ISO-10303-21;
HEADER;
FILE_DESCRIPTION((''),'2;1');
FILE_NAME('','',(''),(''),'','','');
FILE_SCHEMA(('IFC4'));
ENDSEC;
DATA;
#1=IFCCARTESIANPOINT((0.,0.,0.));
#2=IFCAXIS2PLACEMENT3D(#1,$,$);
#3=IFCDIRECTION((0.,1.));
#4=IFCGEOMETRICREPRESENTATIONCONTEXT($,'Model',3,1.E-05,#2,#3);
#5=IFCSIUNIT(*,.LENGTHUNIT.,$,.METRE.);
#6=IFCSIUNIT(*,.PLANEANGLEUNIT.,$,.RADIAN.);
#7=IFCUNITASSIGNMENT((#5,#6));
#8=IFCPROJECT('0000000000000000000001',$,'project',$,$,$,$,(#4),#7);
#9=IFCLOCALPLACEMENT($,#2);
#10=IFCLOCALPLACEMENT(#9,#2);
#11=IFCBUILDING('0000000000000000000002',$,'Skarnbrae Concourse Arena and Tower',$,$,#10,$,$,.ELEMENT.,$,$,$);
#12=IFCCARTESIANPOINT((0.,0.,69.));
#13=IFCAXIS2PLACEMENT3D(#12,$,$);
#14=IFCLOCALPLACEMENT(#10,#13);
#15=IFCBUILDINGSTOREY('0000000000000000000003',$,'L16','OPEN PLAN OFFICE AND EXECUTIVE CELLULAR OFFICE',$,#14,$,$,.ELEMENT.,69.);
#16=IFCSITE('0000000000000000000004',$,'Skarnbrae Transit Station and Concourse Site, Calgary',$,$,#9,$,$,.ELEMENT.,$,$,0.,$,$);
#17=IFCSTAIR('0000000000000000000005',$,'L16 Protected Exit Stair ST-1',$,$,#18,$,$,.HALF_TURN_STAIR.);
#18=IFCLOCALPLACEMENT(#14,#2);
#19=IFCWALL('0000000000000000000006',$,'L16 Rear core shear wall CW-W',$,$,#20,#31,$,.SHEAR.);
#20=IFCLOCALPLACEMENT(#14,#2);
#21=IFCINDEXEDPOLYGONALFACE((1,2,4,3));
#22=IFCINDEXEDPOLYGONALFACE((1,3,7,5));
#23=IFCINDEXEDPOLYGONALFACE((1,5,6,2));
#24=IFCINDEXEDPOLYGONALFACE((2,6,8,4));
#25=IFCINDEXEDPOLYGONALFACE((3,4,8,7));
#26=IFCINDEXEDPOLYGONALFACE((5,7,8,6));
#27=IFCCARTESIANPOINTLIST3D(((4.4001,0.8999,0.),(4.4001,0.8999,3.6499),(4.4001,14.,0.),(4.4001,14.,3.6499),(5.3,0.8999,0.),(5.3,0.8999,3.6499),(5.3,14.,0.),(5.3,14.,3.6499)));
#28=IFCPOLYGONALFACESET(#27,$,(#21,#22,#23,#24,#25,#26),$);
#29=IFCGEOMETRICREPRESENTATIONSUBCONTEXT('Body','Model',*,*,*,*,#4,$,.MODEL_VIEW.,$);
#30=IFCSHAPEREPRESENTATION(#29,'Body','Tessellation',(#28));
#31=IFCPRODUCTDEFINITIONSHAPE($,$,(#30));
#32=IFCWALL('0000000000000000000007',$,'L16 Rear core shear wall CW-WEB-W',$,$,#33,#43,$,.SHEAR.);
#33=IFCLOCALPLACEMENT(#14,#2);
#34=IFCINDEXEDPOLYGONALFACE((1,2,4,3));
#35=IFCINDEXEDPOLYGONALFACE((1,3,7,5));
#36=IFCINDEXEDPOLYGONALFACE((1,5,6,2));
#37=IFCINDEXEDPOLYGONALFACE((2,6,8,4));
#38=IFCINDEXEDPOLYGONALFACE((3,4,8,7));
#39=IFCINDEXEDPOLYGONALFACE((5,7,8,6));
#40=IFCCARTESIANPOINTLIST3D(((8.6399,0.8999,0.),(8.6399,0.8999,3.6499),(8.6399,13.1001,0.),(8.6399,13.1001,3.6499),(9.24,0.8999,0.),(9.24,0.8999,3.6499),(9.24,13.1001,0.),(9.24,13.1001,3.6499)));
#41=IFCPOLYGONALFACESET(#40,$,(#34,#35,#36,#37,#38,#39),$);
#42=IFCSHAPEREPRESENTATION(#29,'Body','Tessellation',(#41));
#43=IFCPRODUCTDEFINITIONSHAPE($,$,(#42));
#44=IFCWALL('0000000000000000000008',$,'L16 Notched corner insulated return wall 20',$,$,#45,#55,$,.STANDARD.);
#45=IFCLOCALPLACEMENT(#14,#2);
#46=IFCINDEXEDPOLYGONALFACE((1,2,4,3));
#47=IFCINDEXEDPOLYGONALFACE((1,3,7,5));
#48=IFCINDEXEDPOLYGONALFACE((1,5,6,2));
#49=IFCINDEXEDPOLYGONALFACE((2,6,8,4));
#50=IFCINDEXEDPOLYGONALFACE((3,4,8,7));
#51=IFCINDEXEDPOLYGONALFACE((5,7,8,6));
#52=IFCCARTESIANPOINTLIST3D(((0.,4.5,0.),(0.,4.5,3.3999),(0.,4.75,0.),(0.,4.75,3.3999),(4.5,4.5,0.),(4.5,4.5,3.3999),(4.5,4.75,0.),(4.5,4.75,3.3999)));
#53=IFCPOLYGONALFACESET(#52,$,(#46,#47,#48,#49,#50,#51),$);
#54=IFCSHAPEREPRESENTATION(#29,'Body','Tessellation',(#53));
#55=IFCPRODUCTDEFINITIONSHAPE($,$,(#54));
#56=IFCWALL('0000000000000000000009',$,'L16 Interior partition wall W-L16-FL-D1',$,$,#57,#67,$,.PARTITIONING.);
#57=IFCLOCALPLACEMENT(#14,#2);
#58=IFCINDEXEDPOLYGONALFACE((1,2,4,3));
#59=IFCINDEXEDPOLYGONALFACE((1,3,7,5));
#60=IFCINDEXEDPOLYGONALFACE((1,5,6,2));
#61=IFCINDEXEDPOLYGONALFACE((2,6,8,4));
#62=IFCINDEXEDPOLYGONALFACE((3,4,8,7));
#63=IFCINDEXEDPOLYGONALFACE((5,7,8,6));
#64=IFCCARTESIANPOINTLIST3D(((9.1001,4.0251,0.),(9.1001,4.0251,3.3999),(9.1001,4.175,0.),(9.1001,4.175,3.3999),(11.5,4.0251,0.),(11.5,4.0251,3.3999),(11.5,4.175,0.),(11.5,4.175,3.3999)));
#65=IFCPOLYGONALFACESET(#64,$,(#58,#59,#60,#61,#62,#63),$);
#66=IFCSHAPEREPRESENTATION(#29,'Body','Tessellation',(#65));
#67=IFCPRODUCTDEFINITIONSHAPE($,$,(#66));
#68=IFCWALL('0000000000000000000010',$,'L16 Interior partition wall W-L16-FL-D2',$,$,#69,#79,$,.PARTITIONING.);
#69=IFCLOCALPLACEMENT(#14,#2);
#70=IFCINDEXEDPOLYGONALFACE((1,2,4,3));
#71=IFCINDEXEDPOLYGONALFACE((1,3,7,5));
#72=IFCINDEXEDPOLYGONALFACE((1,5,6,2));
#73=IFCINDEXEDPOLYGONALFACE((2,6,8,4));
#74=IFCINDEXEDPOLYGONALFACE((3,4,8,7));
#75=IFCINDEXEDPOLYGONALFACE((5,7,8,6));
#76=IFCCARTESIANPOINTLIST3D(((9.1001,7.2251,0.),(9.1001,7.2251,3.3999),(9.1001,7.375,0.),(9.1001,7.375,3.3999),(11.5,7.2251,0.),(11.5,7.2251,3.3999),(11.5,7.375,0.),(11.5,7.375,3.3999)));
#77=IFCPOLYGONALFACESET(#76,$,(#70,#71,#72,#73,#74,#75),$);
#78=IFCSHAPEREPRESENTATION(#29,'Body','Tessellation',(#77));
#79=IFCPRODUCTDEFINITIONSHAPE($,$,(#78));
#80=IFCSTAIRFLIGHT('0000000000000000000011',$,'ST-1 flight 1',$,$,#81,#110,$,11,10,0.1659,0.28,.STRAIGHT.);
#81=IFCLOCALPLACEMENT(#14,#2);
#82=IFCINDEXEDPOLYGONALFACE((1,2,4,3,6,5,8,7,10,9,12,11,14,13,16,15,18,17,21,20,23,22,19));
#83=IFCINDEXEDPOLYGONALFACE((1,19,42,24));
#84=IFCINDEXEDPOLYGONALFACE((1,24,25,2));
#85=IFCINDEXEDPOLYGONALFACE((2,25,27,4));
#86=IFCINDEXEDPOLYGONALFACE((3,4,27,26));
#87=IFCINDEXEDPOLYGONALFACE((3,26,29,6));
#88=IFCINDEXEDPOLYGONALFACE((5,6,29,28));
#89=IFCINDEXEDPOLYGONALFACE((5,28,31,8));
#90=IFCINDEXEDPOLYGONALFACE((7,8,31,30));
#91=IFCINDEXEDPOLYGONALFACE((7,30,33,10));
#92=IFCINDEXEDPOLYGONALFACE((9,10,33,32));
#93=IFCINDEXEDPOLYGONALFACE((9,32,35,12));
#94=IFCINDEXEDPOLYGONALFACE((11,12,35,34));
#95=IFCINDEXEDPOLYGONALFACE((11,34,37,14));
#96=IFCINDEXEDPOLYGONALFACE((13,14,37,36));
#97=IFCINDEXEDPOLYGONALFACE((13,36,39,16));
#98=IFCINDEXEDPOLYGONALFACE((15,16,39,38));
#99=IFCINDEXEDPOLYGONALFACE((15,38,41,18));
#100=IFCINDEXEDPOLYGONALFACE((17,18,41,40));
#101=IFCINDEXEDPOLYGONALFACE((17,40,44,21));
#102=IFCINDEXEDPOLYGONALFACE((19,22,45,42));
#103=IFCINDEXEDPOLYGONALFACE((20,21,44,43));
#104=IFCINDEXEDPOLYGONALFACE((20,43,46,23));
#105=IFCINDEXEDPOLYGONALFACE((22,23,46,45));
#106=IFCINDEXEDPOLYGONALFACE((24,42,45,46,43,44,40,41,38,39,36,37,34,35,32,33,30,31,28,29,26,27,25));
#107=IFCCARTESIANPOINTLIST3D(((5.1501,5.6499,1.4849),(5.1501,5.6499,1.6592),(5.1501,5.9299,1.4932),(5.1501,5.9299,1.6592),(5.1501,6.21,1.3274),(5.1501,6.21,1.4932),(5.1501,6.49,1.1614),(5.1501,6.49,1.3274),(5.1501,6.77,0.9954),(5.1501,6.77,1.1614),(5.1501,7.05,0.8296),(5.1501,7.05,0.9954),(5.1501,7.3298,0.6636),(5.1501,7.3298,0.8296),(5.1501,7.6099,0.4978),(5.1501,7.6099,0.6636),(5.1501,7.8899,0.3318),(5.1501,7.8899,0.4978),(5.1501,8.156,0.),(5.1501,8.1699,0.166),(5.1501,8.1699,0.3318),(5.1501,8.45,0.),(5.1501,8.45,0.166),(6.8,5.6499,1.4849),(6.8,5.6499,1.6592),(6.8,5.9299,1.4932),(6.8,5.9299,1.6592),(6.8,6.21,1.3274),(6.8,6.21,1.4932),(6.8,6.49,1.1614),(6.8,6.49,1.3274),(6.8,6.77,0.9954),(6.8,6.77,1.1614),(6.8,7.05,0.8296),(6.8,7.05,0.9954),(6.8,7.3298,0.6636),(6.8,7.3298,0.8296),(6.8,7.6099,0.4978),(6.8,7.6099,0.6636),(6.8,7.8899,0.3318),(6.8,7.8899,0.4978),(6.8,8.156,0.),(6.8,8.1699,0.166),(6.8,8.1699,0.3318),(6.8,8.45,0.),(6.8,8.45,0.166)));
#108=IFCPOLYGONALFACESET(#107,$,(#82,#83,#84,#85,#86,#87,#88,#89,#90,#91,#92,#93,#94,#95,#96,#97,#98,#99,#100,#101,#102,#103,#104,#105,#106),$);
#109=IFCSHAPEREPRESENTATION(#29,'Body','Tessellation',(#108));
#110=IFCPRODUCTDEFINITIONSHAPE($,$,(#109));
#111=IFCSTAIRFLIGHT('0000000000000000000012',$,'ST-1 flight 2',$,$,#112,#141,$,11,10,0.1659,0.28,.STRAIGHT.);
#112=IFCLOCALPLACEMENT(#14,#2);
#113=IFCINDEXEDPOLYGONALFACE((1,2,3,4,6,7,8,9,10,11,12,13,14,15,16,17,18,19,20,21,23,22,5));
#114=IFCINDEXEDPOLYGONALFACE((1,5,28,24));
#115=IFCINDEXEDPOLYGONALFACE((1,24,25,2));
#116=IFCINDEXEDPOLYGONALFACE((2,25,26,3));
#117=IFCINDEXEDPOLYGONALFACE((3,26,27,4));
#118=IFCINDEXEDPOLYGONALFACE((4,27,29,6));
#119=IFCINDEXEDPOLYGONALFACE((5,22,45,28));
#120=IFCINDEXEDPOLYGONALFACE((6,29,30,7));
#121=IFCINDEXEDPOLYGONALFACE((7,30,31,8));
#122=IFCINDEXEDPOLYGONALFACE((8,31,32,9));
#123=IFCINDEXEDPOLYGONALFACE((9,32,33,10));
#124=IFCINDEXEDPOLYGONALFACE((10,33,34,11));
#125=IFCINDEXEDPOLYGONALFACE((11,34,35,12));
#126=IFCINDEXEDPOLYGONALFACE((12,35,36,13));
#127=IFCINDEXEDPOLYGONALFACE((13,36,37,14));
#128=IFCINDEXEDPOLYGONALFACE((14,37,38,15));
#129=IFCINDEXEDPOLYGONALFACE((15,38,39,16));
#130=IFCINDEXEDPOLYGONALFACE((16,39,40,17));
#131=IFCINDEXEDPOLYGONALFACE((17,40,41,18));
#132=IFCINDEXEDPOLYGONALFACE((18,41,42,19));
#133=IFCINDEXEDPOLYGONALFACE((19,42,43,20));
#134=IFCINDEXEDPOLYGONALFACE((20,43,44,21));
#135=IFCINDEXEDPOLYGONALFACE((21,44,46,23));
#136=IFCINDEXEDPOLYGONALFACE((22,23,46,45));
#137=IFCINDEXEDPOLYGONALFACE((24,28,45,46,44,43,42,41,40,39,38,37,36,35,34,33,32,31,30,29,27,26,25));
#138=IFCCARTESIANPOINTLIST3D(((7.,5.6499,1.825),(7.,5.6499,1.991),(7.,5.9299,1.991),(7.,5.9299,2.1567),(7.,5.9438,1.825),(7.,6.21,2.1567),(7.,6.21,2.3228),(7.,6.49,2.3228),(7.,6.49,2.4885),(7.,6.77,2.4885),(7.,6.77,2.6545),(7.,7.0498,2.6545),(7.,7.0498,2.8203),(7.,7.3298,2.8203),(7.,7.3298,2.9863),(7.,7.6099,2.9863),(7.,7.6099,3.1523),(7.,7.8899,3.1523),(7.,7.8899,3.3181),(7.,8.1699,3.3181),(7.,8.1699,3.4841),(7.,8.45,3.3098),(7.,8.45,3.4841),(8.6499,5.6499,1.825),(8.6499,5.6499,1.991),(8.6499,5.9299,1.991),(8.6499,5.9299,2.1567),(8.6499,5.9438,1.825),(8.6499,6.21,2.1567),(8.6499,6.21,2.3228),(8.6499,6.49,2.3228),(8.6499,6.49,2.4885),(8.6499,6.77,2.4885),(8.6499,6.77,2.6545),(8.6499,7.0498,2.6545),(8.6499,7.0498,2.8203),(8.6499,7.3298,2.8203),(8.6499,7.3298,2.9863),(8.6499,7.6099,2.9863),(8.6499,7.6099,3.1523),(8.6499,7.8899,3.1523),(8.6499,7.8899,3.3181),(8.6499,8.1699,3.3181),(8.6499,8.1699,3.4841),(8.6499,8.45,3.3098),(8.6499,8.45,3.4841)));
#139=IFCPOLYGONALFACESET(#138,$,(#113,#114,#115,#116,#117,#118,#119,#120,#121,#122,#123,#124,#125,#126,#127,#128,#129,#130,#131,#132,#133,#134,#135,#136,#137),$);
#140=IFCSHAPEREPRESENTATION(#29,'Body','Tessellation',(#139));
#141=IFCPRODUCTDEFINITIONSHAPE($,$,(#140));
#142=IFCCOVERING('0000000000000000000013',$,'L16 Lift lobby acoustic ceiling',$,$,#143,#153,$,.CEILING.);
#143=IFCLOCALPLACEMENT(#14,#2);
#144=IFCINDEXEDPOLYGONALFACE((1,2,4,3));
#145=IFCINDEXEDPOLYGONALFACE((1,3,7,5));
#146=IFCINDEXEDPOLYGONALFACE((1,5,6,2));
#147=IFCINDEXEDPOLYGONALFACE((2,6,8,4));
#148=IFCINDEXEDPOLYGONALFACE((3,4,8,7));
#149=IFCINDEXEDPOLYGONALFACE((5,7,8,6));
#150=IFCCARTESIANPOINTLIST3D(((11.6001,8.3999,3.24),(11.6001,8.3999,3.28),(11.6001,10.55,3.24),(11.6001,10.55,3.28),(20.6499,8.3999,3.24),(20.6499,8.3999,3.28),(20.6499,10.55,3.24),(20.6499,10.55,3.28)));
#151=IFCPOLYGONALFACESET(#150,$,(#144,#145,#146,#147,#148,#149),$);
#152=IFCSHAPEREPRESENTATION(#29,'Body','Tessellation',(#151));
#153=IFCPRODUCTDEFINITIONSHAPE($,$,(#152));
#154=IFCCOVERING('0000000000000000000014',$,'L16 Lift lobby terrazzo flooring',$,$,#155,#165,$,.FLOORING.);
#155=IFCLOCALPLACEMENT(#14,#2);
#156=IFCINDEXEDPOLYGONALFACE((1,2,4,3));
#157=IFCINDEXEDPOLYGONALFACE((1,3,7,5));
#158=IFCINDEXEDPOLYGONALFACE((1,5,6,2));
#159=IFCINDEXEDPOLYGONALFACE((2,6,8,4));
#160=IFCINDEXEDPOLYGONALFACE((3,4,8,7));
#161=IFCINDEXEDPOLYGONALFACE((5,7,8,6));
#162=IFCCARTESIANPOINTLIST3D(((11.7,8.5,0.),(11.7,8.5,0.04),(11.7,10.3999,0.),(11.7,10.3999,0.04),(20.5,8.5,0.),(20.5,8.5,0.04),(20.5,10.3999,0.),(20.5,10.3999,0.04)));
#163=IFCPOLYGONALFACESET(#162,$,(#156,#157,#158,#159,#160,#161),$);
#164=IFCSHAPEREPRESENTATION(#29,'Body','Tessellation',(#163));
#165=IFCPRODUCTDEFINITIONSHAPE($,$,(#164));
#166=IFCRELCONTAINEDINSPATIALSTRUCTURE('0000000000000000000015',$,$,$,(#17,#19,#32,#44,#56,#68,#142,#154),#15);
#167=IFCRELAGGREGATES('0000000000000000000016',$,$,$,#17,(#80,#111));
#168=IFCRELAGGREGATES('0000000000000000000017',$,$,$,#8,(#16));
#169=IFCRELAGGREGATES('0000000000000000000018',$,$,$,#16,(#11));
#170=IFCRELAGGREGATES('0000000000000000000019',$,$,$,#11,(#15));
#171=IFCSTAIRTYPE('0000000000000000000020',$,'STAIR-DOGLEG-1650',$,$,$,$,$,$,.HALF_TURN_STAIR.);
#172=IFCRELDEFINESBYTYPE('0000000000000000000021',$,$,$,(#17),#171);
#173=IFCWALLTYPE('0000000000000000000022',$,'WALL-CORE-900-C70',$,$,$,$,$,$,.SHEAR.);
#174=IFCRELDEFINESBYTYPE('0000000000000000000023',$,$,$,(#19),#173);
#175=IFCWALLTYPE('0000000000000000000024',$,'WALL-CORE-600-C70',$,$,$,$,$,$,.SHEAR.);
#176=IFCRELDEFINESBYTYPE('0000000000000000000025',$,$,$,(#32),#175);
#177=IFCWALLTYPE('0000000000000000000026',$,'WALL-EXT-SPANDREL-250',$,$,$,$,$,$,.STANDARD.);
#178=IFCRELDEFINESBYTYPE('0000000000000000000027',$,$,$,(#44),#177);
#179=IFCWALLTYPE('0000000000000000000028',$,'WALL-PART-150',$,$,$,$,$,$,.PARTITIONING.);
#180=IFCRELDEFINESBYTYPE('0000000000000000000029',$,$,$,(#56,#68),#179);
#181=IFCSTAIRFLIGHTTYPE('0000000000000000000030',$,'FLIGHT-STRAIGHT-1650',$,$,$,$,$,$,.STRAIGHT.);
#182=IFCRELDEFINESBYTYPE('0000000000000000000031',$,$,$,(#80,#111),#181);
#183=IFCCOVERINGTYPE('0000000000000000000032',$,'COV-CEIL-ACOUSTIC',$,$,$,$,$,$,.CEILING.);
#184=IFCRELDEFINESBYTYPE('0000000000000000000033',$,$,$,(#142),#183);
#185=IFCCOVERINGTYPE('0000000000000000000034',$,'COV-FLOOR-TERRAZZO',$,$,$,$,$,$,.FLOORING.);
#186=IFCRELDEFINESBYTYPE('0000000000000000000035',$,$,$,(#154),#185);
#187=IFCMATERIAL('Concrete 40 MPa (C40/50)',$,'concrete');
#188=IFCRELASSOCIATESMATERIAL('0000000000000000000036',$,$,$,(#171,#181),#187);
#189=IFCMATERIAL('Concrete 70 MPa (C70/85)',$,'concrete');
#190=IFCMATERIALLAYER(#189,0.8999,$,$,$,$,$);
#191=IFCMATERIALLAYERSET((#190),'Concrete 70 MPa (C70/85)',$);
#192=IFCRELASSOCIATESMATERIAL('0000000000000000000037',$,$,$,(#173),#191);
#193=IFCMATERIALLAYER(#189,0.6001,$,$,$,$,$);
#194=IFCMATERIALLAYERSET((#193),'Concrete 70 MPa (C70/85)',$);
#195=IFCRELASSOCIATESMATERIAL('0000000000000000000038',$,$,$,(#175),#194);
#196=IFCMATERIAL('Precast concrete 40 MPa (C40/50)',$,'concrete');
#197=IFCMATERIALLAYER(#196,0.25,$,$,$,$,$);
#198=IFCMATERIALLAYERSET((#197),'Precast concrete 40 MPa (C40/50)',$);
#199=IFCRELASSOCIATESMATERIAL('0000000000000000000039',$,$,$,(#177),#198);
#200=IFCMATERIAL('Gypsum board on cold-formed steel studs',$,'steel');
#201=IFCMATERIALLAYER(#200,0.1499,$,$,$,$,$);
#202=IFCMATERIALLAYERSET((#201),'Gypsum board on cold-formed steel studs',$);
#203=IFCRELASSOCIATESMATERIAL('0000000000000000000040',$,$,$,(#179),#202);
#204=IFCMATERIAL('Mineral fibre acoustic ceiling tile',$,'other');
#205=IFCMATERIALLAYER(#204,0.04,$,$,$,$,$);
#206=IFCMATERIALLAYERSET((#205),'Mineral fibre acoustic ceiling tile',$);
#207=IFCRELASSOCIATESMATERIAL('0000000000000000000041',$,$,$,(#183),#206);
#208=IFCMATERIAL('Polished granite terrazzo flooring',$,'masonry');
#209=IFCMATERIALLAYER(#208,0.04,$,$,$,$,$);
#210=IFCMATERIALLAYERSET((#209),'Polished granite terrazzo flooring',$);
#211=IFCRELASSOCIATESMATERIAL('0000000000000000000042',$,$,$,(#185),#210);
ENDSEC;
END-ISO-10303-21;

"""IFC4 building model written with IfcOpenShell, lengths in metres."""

from ifc_helpers import new_model, si_unit, direction, frame, frame_2d, origin, place, context, subcontext, project, spatial, polyline, rectangle, outline, extrude, source, transform, mapped, material, layer, layer_set, type_object, element, aggregate, save


model = new_model("IFC4")

# Units and contexts
model_context = context("Model", 3, precision=1e-05, world=origin(), true_north=direction((0.0, 1.0)))
body_context = subcontext(model_context, "Body", "Model", "MODEL_VIEW")
ifc_project = project(units=[si_unit("LENGTHUNIT", "METRE"), si_unit("PLANEANGLEUNIT", "RADIAN")], contexts=[model_context])

# Site, building, storey
site_placement = place(None, origin())
site = spatial("IfcSite", under=ifc_project, at=site_placement, Name="Skarnbrae Transit Station and Concourse Site, Calgary", CompositionType="ELEMENT", RefElevation=0.0)
building_placement = place(site_placement, origin())
building = spatial("IfcBuilding", under=site, at=building_placement, Name="Skarnbrae Concourse Arena and Tower", CompositionType="ELEMENT")
storey_placement = place(building_placement, frame((0.0, 0.0, 69.0)))
storey = spatial("IfcBuildingStorey", under=building, at=storey_placement, Name="L16", Description="OPEN PLAN OFFICE AND EXECUTIVE CELLULAR OFFICE", CompositionType="ELEMENT", Elevation=69.0)

# Stair
ifc_material_1 = material(Name="Concrete 40 MPa (C40/50)", Category="concrete")
stair_type = type_object("IfcStairType", Name="STAIR-DOGLEG-1650", PredefinedType="HALF_TURN_STAIR", material=ifc_material_1)
stair_1_placement = place(storey_placement, origin())
stair_1 = element("IfcStair", 1, at=stair_1_placement, inside=storey, type_object=stair_type, Name="L16 Protected Exit Stair ST-1", PredefinedType="HALF_TURN_STAIR")

# Walls
ifc_material_2 = material(Name="Concrete 70 MPa (C70/85)", Category="concrete")
ifc_layer_1 = layer(ifc_material_2, 0.8999)
ifc_layer_set_1 = layer_set([ifc_layer_1], Name="Concrete 70 MPa (C70/85)")
wall_type_1 = type_object("IfcWallType", Name="WALL-CORE-900-C70", PredefinedType="SHEAR", material=ifc_layer_set_1)
shared_shape_1 = source(origin(), body_context, "Body", "SweptSolid", [
    extrude(rectangle(XDim=13.1001, YDim=0.8999, at=frame_2d((6.55, 0.0))), origin(), (0.0, 0.0, 1.0), 3.6499),
])
wall_1_placement = place(storey_placement, frame((4.8501, 0.8999, 0.0), z_axis=(0.0, 0.0, 1.0), x_axis=(0.0, 1.0, 0.0)))
element("IfcWall", 2, at=wall_1_placement, inside=storey, type_object=wall_type_1, Name="L16 Rear core shear wall CW-W", PredefinedType="SHEAR", context=body_context, shape_type="MappedRepresentation", body=[
    mapped(shared_shape_1, transform((0.0, 0.0, 0.0))),
])
ifc_layer_2 = layer(ifc_material_2, 0.6001)
ifc_layer_set_2 = layer_set([ifc_layer_2], Name="Concrete 70 MPa (C70/85)")
wall_type_2 = type_object("IfcWallType", Name="WALL-CORE-600-C70", PredefinedType="SHEAR", material=ifc_layer_set_2)
shared_shape_2 = source(origin(), body_context, "Body", "SweptSolid", [
    extrude(rectangle(XDim=12.2002, YDim=0.6001, at=frame_2d((6.1001, 0.0))), origin(), (0.0, 0.0, 1.0), 3.6499),
])
wall_2_placement = place(storey_placement, frame((8.9399, 0.8999, 0.0), z_axis=(0.0, 0.0, 1.0), x_axis=(0.0, 1.0, 0.0)))
element("IfcWall", 3, at=wall_2_placement, inside=storey, type_object=wall_type_2, Name="L16 Rear core shear wall CW-WEB-W", PredefinedType="SHEAR", context=body_context, shape_type="MappedRepresentation", body=[
    mapped(shared_shape_2, transform((0.0, 0.0, 0.0))),
])

# Walls
ifc_material_3 = material(Name="Precast concrete 40 MPa (C40/50)", Category="concrete")
ifc_layer_3 = layer(ifc_material_3, 0.25)
ifc_layer_set_3 = layer_set([ifc_layer_3], Name="Precast concrete 40 MPa (C40/50)")
wall_type_3 = type_object("IfcWallType", Name="WALL-EXT-SPANDREL-250", PredefinedType="STANDARD", material=ifc_layer_set_3)
shared_shape_3 = source(origin(), body_context, "Body", "SweptSolid", [
    extrude(rectangle(XDim=4.5, YDim=0.25, at=frame_2d((2.25, 0.0))), origin(), (0.0, 0.0, 1.0), 3.3999),
])
wall_3_placement = place(storey_placement, frame((0.0, 4.625, 0.0), z_axis=(0.0, 0.0, 1.0), x_axis=(1.0, 0.0, 0.0)))
element("IfcWall", 4, at=wall_3_placement, inside=storey, type_object=wall_type_3, Name="L16 Notched corner insulated return wall 20", PredefinedType="STANDARD", context=body_context, shape_type="MappedRepresentation", body=[
    mapped(shared_shape_3, transform((0.0, 0.0, 0.0))),
])
ifc_material_4 = material(Name="Gypsum board on cold-formed steel studs", Category="steel")
ifc_layer_4 = layer(ifc_material_4, 0.1499)
ifc_layer_set_4 = layer_set([ifc_layer_4], Name="Gypsum board on cold-formed steel studs")
wall_type_4 = type_object("IfcWallType", Name="WALL-PART-150", PredefinedType="PARTITIONING", material=ifc_layer_set_4)
shared_shape_4 = source(origin(), body_context, "Body", "SweptSolid", [
    extrude(rectangle(XDim=2.3999, YDim=0.1499, at=frame_2d((1.2, 0.0))), origin(), (0.0, 0.0, 1.0), 3.3999),
])
for number, where, z_axis, x_axis, name in (
    (5, (9.1001, 4.1001, 0.0), (0.0, 0.0, 1.0), (1.0, 0.0, 0.0), "L16 Interior partition wall W-L16-FL-D1"),
    (6, (9.1001, 7.3, 0.0), (0.0, 0.0, 1.0), (1.0, 0.0, 0.0), "L16 Interior partition wall W-L16-FL-D2"),
):
    element("IfcWall", number, at=place(storey_placement, frame(where, z_axis=z_axis, x_axis=x_axis)), inside=storey, type_object=wall_type_4, Name=name, PredefinedType="PARTITIONING", context=body_context, shape_type="MappedRepresentation", body=[
        mapped(shared_shape_4, transform((0.0, 0.0, 0.0))),
    ])

# Stair flights
stair_flight_type = type_object("IfcStairFlightType", Name="FLIGHT-STRAIGHT-1650", PredefinedType="STRAIGHT", material=ifc_material_1)
shared_shape_5 = source(origin(), body_context, "Body", "SweptSolid", [
    extrude(outline(polyline([(0.0, 0.0), (0.0, 0.166), (0.28, 0.166), (0.28, 0.3318), (0.5601, 0.3318), (0.5601, 0.4978), (0.8401, 0.4978), (0.8401, 0.6636), (1.1201, 0.6636), (1.1201, 0.8296), (1.3999, 0.8296), (1.3999, 0.9954), (1.6799, 0.9954), (1.6799, 1.1614), (1.96, 1.1614), (1.96, 1.3274), (2.24, 1.3274), (2.24, 1.4932), (2.52, 1.4932), (2.52, 1.6592), (2.8, 1.6592), (2.8, 1.825), (2.8, 1.4849), (0.2939, 0.0), (0.0, 0.0)])), frame((0.0, 0.825, 0.0), z_axis=(0.0, -1.0, 0.0), x_axis=(1.0, 0.0, 0.0)), (0.0, 0.0, 1.0), 1.6499),
])
stair_flight_1_placement = place(storey_placement, frame((5.9751, 8.45, 0.0), z_axis=(0.0, 0.0, 1.0), x_axis=(0.0, -1.0, 0.0)))
stair_flight_1 = element("IfcStairFlight", 7, at=stair_flight_1_placement, type_object=stair_flight_type, Name="ST-1 flight 1", NumberOfRisers=11, NumberOfTreads=10, PredefinedType="STRAIGHT", RiserHeight=0.1659, TreadLength=0.28, context=body_context, shape_type="MappedRepresentation", body=[
    mapped(shared_shape_5, transform((0.0, 0.0, 0.0))),
])
stair_flight_2_placement = place(storey_placement, frame((7.825, 5.6499, 1.825), z_axis=(0.0, 0.0, 1.0), x_axis=(0.0, 1.0, 0.0)))
stair_flight_2 = element("IfcStairFlight", 8, at=stair_flight_2_placement, type_object=stair_flight_type, Name="ST-1 flight 2", NumberOfRisers=11, NumberOfTreads=10, PredefinedType="STRAIGHT", RiserHeight=0.1659, TreadLength=0.28, context=body_context, shape_type="MappedRepresentation", body=[
    mapped(shared_shape_5, transform((0.0, 0.0, 0.0))),
])
aggregate(stair_1, [stair_flight_1, stair_flight_2])

# Coverings
ifc_material_5 = material(Name="Mineral fibre acoustic ceiling tile", Category="other")
ifc_layer_5 = layer(ifc_material_5, 0.04)
ifc_layer_set_5 = layer_set([ifc_layer_5], Name="Mineral fibre acoustic ceiling tile")
covering_type_1 = type_object("IfcCoveringType", Name="COV-CEIL-ACOUSTIC", PredefinedType="CEILING", material=ifc_layer_set_5)
covering_1_placement = place(storey_placement, frame((0.0, 0.0, 3.24)))
element("IfcCovering", 9, at=covering_1_placement, inside=storey, type_object=covering_type_1, Name="L16 Lift lobby acoustic ceiling", PredefinedType="CEILING", context=body_context, shape_type="SweptSolid", body=[
    extrude(outline(polyline([(11.6001, 8.3999), (20.6499, 8.3999), (20.6499, 10.55), (11.6001, 10.55), (11.6001, 8.3999)])), origin(), (0.0, 0.0, 1.0), 0.04),
])
ifc_material_6 = material(Name="Polished granite terrazzo flooring", Category="masonry")
ifc_layer_6 = layer(ifc_material_6, 0.04)
ifc_layer_set_6 = layer_set([ifc_layer_6], Name="Polished granite terrazzo flooring")
covering_type_2 = type_object("IfcCoveringType", Name="COV-FLOOR-TERRAZZO", PredefinedType="FLOORING", material=ifc_layer_set_6)
covering_2_placement = place(storey_placement, origin())
element("IfcCovering", 10, at=covering_2_placement, inside=storey, type_object=covering_type_2, Name="L16 Lift lobby terrazzo flooring", PredefinedType="FLOORING", context=body_context, shape_type="SweptSolid", body=[
    extrude(outline(polyline([(11.7, 8.5), (20.5, 8.5), (20.5, 10.3999), (11.7, 10.3999), (11.7, 8.5)])), origin(), (0.0, 0.0, 1.0), 0.04),
])

save(model, "model.ifc")
